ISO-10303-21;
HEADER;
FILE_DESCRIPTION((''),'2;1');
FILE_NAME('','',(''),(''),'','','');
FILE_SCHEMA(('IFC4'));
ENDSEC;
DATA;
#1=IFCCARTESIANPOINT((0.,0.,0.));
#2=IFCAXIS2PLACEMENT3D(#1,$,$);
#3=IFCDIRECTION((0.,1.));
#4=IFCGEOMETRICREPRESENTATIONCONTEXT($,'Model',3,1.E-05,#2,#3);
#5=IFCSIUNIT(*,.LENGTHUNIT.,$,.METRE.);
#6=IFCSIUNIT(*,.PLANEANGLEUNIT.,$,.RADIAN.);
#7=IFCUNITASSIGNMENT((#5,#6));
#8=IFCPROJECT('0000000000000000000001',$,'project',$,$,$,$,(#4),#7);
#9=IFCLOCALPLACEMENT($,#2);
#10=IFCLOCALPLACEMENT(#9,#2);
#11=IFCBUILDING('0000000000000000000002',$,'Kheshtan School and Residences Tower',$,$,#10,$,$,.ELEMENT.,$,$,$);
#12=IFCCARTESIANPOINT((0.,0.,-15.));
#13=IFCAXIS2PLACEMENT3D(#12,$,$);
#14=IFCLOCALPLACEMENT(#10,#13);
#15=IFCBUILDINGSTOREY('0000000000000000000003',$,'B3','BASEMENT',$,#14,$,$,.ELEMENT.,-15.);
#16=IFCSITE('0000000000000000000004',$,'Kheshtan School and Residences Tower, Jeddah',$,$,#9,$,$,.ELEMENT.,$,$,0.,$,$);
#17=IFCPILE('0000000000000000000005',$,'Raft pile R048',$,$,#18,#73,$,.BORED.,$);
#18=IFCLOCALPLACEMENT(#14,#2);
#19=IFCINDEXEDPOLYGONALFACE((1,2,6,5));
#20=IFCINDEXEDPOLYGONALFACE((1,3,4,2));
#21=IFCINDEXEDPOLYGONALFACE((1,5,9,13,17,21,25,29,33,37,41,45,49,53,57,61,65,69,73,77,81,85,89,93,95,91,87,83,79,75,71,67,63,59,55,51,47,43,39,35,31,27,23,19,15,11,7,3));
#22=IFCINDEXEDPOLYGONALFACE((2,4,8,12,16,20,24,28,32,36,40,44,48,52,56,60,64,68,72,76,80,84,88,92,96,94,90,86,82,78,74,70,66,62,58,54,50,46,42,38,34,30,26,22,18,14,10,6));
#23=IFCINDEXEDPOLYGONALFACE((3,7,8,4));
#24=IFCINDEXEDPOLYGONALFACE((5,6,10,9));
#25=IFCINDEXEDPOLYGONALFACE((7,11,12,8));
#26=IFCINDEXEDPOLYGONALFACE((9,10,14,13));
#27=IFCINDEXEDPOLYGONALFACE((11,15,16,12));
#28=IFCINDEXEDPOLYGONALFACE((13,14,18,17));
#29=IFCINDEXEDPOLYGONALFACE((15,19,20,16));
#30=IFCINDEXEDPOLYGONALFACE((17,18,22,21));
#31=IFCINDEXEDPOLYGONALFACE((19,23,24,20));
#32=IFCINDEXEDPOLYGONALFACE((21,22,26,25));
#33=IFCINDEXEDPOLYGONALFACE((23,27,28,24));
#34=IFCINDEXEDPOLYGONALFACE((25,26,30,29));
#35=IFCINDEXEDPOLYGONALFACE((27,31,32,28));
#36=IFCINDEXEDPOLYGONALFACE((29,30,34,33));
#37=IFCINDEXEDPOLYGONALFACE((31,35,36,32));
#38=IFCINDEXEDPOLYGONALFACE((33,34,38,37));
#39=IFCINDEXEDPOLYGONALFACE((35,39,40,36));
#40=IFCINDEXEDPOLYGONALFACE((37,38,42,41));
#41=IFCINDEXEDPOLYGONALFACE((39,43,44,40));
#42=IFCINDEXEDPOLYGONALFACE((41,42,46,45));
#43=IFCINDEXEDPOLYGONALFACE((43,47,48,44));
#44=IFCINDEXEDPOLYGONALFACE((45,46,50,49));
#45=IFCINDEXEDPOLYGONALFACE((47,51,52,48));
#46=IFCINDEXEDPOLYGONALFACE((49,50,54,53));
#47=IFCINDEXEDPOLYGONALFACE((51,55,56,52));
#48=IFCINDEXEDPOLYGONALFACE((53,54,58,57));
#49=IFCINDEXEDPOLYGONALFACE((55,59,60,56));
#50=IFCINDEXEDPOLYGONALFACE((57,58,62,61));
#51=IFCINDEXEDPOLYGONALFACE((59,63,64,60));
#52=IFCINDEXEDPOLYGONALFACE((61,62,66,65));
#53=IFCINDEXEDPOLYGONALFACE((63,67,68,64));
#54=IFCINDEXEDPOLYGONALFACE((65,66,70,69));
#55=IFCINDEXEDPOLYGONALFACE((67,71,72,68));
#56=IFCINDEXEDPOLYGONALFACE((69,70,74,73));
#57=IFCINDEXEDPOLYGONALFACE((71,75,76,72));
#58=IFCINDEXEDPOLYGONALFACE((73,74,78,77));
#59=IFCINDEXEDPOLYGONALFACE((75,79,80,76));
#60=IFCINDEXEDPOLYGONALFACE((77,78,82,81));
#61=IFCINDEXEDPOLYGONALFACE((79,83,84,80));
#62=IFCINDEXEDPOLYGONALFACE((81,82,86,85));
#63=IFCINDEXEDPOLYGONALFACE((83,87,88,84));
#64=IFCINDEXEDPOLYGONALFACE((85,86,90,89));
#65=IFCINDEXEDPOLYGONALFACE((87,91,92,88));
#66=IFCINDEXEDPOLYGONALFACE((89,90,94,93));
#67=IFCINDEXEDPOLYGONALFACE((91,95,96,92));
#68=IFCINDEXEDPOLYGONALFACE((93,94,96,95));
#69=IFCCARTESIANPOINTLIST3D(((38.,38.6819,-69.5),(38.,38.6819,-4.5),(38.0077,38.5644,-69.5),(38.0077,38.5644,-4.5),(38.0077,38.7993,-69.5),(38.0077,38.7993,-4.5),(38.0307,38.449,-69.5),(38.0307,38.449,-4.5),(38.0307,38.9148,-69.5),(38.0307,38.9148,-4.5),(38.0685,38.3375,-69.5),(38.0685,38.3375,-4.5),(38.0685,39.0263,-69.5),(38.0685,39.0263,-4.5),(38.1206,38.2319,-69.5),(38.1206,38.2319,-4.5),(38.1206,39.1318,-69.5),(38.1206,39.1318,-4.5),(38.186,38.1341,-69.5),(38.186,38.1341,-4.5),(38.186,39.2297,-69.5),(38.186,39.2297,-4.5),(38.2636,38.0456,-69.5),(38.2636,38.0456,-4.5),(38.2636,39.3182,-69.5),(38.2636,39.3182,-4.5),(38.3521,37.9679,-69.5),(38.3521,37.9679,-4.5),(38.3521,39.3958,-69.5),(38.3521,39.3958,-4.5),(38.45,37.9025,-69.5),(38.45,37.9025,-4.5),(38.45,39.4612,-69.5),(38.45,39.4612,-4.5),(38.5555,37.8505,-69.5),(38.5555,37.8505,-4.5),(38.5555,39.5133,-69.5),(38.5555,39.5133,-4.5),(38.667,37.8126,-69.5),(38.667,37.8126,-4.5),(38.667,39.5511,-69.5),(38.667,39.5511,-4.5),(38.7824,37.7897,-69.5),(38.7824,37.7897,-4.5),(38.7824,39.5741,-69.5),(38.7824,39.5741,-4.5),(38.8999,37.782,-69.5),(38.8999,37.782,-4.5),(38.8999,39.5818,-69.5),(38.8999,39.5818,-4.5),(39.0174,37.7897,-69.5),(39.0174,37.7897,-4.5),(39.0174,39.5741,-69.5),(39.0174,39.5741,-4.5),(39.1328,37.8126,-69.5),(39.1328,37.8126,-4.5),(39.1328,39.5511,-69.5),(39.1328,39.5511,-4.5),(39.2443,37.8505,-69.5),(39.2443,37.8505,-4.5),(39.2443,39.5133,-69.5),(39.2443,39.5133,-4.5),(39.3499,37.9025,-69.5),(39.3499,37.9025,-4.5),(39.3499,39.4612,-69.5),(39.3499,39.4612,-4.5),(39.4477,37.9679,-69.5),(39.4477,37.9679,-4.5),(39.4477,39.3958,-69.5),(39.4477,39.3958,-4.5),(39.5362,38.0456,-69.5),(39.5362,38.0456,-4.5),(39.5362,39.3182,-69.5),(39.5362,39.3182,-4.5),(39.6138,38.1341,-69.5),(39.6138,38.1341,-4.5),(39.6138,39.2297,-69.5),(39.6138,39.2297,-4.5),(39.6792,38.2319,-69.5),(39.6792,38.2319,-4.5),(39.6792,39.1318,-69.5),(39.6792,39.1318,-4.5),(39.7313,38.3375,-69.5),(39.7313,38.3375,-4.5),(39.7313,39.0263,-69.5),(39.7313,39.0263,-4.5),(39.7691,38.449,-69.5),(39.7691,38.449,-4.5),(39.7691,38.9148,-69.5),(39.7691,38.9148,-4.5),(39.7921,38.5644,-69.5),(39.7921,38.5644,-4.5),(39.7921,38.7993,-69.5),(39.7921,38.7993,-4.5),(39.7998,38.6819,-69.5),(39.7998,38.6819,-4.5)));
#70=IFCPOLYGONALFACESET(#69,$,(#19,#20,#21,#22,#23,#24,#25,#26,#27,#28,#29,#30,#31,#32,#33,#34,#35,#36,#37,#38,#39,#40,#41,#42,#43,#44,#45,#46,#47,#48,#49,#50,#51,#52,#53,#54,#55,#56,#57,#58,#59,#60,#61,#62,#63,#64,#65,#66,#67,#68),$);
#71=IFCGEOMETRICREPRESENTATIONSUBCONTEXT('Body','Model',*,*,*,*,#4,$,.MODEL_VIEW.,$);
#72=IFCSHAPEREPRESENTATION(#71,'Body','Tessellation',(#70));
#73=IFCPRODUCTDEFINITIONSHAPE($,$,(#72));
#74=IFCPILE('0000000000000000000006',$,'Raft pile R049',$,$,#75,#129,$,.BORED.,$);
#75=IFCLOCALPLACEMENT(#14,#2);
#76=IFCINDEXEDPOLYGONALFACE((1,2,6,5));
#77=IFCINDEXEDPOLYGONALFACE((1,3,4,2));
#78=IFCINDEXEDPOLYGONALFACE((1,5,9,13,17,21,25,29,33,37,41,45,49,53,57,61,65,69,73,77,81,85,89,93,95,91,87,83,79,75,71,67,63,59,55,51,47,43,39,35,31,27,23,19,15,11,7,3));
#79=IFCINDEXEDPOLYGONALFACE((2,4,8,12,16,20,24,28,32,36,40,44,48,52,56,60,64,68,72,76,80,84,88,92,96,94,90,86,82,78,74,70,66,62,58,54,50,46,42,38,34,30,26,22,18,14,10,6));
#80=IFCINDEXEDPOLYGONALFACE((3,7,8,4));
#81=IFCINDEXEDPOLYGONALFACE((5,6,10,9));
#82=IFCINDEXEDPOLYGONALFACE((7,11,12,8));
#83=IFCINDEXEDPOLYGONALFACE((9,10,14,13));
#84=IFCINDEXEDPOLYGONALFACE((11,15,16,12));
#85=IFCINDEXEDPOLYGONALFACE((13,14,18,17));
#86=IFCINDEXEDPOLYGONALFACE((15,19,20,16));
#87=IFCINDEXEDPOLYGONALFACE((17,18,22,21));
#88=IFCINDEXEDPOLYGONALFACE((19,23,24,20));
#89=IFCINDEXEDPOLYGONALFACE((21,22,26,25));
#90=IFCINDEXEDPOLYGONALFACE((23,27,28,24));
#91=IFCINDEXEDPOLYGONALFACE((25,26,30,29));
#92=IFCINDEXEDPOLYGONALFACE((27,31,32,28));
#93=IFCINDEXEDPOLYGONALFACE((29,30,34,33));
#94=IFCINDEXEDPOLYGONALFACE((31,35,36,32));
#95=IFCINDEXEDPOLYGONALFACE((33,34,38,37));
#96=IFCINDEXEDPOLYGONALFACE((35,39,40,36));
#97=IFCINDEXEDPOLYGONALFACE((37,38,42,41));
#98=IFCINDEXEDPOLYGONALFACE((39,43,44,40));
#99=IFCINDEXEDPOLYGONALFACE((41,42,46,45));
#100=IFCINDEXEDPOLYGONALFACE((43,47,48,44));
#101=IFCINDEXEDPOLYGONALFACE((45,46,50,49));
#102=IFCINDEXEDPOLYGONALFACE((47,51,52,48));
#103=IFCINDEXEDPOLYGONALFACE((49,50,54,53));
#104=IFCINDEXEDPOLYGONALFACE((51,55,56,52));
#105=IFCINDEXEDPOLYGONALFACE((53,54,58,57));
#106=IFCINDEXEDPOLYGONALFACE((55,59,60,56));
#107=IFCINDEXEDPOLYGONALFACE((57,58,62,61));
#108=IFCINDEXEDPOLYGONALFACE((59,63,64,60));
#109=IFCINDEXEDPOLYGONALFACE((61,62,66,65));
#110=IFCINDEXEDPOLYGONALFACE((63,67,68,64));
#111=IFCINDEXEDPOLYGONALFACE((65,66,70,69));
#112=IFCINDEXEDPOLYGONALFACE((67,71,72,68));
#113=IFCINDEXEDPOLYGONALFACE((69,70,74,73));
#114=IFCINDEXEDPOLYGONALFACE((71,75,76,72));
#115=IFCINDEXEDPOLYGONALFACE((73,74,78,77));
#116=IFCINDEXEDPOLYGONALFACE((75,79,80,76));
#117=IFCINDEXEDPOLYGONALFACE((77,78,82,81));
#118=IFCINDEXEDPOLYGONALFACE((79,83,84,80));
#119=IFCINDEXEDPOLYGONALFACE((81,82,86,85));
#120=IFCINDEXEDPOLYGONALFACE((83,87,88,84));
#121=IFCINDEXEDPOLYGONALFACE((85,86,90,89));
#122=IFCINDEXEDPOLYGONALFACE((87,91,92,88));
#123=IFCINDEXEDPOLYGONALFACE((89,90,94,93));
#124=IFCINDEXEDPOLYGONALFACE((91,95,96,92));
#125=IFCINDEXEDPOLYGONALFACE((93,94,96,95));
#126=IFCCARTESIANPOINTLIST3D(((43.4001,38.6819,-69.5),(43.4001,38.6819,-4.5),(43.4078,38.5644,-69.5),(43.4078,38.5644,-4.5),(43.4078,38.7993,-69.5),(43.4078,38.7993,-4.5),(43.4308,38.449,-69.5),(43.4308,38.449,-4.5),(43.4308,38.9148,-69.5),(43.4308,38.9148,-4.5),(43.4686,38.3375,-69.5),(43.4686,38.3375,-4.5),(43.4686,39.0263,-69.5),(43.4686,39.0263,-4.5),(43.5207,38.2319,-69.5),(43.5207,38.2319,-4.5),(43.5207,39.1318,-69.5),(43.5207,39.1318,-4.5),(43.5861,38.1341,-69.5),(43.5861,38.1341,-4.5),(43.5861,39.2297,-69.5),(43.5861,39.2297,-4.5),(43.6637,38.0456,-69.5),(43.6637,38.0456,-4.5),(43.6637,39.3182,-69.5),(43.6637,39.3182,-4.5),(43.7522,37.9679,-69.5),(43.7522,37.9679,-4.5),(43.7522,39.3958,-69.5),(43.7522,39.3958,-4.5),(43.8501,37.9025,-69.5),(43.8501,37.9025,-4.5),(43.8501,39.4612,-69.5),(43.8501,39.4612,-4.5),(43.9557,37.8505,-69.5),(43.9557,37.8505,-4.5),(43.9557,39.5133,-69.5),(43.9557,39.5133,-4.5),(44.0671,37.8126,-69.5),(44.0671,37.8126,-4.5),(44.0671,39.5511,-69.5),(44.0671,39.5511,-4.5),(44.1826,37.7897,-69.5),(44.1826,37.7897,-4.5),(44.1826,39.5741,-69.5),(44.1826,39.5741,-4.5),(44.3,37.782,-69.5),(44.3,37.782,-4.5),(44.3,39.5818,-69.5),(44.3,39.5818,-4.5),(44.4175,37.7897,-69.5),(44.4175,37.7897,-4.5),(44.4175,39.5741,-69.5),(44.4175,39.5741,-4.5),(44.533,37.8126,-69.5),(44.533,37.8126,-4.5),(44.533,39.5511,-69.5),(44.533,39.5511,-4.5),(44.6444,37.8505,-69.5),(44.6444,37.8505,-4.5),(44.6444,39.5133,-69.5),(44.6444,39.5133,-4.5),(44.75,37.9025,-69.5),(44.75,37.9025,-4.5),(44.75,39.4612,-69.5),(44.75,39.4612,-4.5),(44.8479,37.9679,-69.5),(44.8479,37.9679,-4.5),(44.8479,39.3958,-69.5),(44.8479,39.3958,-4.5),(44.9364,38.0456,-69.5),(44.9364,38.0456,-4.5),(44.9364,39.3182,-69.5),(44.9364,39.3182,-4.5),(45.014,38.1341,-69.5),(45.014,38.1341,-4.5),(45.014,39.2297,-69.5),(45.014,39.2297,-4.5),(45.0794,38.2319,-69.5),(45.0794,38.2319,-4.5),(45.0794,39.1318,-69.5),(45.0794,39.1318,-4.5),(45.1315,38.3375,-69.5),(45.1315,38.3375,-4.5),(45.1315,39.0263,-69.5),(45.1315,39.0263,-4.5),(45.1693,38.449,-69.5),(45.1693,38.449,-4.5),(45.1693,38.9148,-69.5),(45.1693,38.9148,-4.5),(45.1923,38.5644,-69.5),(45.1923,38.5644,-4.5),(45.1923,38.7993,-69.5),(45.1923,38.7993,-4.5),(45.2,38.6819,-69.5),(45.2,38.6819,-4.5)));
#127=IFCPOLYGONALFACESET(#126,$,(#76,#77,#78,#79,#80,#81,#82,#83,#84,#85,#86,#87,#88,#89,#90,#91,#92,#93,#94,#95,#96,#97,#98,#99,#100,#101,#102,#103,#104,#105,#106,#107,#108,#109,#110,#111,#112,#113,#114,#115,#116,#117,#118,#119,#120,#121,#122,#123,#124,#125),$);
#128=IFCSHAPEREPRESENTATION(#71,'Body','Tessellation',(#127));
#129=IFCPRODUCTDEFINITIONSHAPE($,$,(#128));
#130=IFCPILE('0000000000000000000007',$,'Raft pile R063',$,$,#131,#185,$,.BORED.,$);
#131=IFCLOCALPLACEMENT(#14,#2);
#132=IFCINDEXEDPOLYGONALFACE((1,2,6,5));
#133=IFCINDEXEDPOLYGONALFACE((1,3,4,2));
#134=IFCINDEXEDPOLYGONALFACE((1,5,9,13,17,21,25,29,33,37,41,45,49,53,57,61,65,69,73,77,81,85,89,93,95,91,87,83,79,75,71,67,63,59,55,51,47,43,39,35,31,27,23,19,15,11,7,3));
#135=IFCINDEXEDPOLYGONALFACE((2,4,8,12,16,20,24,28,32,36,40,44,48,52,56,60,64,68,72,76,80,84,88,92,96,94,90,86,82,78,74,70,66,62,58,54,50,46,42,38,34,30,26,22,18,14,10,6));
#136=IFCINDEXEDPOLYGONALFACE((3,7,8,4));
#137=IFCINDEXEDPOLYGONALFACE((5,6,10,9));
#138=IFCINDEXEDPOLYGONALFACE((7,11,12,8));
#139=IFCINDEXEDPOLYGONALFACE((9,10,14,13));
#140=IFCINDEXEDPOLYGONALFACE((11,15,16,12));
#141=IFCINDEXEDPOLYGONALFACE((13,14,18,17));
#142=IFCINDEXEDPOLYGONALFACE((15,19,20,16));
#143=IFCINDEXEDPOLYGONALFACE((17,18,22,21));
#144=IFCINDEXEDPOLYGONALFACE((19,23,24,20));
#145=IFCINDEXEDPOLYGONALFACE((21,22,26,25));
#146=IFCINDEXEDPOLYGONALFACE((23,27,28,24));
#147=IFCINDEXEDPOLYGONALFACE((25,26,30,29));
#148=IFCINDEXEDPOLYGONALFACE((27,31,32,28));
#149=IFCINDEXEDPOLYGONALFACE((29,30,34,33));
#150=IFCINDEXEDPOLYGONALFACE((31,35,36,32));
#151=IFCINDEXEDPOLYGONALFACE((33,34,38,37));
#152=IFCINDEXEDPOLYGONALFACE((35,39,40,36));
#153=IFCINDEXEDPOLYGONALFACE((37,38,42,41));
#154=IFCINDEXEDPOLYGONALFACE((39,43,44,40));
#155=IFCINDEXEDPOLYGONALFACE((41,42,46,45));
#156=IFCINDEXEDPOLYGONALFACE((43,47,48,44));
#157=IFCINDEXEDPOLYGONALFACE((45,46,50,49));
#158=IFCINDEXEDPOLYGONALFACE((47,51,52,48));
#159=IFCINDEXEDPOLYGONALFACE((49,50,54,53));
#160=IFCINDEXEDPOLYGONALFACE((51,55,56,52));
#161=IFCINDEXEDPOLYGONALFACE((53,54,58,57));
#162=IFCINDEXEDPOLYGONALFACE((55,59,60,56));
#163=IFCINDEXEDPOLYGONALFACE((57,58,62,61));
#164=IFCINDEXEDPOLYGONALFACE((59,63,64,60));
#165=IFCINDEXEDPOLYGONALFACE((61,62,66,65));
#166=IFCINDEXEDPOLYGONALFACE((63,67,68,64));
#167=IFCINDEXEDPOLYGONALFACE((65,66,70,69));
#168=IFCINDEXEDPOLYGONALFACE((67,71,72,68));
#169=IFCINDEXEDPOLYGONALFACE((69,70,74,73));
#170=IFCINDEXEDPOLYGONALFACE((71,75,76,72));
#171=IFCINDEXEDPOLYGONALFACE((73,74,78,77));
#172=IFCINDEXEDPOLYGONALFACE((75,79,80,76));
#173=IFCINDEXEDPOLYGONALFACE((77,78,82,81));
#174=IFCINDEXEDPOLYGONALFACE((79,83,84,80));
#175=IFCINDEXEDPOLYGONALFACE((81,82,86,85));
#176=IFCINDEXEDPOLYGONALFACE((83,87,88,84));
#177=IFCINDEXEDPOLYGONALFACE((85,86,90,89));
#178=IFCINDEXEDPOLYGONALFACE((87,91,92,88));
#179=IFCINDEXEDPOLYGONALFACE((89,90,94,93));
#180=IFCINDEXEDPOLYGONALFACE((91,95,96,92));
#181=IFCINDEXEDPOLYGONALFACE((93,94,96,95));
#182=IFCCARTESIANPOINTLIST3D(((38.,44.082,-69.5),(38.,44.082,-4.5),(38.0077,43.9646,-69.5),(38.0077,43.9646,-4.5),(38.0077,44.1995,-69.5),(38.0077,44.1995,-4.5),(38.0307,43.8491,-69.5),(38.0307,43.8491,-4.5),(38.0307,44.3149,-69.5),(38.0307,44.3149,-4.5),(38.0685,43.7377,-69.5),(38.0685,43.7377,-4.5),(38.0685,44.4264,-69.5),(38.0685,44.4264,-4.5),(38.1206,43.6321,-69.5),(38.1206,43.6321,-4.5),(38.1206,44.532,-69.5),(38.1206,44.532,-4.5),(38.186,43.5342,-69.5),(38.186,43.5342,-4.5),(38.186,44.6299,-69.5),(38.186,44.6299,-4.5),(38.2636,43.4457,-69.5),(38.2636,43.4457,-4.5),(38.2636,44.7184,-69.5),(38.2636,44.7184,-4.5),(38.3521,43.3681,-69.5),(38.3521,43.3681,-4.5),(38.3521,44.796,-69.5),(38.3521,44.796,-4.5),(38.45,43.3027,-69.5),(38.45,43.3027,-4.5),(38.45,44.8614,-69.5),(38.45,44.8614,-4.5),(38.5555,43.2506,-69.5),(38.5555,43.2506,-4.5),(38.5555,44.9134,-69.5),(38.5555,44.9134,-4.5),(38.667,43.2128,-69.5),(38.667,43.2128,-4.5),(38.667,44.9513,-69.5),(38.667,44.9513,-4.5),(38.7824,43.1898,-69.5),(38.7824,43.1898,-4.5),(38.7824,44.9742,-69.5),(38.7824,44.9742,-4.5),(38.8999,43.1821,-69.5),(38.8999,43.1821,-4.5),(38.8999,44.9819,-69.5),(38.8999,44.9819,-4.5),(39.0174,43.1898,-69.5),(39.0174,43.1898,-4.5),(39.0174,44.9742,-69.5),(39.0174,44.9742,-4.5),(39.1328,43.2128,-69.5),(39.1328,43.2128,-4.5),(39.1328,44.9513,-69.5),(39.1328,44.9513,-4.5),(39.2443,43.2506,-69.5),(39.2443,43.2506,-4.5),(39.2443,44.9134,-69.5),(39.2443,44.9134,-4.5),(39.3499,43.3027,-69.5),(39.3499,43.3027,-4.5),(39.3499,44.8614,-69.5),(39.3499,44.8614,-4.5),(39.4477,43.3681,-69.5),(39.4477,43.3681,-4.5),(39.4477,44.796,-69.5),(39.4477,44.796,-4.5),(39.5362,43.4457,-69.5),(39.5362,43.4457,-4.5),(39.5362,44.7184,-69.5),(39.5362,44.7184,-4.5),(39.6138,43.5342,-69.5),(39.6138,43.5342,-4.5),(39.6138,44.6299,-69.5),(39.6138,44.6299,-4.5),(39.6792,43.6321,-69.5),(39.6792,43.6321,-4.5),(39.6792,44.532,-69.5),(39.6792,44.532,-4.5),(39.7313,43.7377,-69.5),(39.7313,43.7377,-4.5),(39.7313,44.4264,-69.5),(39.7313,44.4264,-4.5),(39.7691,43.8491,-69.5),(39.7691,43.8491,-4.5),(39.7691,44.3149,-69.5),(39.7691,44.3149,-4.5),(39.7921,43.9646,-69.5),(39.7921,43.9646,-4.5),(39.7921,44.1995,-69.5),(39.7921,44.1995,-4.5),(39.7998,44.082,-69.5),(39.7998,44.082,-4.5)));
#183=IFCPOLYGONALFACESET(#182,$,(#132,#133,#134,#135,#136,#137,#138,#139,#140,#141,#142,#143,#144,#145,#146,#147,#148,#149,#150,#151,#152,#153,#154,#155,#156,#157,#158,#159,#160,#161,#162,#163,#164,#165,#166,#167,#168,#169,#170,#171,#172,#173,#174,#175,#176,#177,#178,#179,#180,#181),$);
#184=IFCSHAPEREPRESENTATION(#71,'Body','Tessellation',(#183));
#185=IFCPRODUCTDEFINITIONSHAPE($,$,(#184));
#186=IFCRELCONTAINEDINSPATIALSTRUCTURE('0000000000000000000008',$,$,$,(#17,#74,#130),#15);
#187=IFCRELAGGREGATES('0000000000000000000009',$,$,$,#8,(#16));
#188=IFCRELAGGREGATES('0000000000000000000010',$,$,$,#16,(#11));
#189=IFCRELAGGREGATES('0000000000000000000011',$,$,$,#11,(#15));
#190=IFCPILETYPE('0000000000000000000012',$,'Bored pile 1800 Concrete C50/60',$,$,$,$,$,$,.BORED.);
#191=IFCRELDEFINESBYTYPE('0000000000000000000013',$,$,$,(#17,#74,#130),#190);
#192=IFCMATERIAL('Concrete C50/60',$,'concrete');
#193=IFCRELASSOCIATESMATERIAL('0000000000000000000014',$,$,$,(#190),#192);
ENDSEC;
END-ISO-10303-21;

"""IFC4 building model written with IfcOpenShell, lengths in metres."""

from ifc_helpers import new_model, si_unit, direction, frame, origin, origin_2d, place, context, subcontext, project, spatial, circle, extrude, material, material_profile, profile_set, type_object, element, save


model = new_model("IFC4")

# Units and contexts
model_context = context("Model", 3, precision=1e-05, world=origin(), true_north=direction((0.0, 1.0)))
body_context = subcontext(model_context, "Body", "Model", "MODEL_VIEW")
ifc_project = project(units=[si_unit("LENGTHUNIT", "METRE"), si_unit("PLANEANGLEUNIT", "RADIAN")], contexts=[model_context])

# Site, building, storey
site_placement = place(None, origin())
site = spatial("IfcSite", under=ifc_project, at=site_placement, Name="Kheshtan School and Residences Tower, Jeddah", CompositionType="ELEMENT", RefElevation=0.0)
building_placement = place(site_placement, origin())
building = spatial("IfcBuilding", under=site, at=building_placement, Name="Kheshtan School and Residences Tower", CompositionType="ELEMENT")
storey_placement = place(building_placement, frame((0.0, 0.0, -15.0)))
storey = spatial("IfcBuildingStorey", under=building, at=storey_placement, Name="B3", Description="BASEMENT", CompositionType="ELEMENT", Elevation=-15.0)

# Piles
ifc_material_1 = material(Name="Concrete C50/60", Category="concrete")
ifc_material_profile_1 = material_profile(ifc_material_1, circle(Radius=0.8999, at=origin_2d()), Name="BP 1800")
ifc_profile_set_1 = profile_set([ifc_material_profile_1], Name="Concrete C50/60")
pile_type = type_object("IfcPileType", Name="Bored pile 1800 Concrete C50/60", PredefinedType="BORED", material=ifc_profile_set_1)
for number, where, z_axis, x_axis, name in (
    (1, (38.8999, 38.6819, -4.5), (0.0, 0.0, -1.0), (1.0, 0.0, 0.0), "Raft pile R048"),
    (2, (44.3, 38.6819, -4.5), (0.0, 0.0, -1.0), (1.0, 0.0, 0.0), "Raft pile R049"),
    (3, (38.8999, 44.082, -4.5), (0.0, 0.0, -1.0), (1.0, 0.0, 0.0), "Raft pile R063"),
):
    element("IfcPile", number, at=place(storey_placement, frame(where, z_axis=z_axis, x_axis=x_axis)), inside=storey, type_object=pile_type, Name=name, PredefinedType="BORED", context=body_context, shape_type="SweptSolid", body=[
        extrude(circle(Radius=0.8999, at=origin_2d()), origin(), (0.0, 0.0, 1.0), 65.0),
    ])

save(model, "model.ifc")
